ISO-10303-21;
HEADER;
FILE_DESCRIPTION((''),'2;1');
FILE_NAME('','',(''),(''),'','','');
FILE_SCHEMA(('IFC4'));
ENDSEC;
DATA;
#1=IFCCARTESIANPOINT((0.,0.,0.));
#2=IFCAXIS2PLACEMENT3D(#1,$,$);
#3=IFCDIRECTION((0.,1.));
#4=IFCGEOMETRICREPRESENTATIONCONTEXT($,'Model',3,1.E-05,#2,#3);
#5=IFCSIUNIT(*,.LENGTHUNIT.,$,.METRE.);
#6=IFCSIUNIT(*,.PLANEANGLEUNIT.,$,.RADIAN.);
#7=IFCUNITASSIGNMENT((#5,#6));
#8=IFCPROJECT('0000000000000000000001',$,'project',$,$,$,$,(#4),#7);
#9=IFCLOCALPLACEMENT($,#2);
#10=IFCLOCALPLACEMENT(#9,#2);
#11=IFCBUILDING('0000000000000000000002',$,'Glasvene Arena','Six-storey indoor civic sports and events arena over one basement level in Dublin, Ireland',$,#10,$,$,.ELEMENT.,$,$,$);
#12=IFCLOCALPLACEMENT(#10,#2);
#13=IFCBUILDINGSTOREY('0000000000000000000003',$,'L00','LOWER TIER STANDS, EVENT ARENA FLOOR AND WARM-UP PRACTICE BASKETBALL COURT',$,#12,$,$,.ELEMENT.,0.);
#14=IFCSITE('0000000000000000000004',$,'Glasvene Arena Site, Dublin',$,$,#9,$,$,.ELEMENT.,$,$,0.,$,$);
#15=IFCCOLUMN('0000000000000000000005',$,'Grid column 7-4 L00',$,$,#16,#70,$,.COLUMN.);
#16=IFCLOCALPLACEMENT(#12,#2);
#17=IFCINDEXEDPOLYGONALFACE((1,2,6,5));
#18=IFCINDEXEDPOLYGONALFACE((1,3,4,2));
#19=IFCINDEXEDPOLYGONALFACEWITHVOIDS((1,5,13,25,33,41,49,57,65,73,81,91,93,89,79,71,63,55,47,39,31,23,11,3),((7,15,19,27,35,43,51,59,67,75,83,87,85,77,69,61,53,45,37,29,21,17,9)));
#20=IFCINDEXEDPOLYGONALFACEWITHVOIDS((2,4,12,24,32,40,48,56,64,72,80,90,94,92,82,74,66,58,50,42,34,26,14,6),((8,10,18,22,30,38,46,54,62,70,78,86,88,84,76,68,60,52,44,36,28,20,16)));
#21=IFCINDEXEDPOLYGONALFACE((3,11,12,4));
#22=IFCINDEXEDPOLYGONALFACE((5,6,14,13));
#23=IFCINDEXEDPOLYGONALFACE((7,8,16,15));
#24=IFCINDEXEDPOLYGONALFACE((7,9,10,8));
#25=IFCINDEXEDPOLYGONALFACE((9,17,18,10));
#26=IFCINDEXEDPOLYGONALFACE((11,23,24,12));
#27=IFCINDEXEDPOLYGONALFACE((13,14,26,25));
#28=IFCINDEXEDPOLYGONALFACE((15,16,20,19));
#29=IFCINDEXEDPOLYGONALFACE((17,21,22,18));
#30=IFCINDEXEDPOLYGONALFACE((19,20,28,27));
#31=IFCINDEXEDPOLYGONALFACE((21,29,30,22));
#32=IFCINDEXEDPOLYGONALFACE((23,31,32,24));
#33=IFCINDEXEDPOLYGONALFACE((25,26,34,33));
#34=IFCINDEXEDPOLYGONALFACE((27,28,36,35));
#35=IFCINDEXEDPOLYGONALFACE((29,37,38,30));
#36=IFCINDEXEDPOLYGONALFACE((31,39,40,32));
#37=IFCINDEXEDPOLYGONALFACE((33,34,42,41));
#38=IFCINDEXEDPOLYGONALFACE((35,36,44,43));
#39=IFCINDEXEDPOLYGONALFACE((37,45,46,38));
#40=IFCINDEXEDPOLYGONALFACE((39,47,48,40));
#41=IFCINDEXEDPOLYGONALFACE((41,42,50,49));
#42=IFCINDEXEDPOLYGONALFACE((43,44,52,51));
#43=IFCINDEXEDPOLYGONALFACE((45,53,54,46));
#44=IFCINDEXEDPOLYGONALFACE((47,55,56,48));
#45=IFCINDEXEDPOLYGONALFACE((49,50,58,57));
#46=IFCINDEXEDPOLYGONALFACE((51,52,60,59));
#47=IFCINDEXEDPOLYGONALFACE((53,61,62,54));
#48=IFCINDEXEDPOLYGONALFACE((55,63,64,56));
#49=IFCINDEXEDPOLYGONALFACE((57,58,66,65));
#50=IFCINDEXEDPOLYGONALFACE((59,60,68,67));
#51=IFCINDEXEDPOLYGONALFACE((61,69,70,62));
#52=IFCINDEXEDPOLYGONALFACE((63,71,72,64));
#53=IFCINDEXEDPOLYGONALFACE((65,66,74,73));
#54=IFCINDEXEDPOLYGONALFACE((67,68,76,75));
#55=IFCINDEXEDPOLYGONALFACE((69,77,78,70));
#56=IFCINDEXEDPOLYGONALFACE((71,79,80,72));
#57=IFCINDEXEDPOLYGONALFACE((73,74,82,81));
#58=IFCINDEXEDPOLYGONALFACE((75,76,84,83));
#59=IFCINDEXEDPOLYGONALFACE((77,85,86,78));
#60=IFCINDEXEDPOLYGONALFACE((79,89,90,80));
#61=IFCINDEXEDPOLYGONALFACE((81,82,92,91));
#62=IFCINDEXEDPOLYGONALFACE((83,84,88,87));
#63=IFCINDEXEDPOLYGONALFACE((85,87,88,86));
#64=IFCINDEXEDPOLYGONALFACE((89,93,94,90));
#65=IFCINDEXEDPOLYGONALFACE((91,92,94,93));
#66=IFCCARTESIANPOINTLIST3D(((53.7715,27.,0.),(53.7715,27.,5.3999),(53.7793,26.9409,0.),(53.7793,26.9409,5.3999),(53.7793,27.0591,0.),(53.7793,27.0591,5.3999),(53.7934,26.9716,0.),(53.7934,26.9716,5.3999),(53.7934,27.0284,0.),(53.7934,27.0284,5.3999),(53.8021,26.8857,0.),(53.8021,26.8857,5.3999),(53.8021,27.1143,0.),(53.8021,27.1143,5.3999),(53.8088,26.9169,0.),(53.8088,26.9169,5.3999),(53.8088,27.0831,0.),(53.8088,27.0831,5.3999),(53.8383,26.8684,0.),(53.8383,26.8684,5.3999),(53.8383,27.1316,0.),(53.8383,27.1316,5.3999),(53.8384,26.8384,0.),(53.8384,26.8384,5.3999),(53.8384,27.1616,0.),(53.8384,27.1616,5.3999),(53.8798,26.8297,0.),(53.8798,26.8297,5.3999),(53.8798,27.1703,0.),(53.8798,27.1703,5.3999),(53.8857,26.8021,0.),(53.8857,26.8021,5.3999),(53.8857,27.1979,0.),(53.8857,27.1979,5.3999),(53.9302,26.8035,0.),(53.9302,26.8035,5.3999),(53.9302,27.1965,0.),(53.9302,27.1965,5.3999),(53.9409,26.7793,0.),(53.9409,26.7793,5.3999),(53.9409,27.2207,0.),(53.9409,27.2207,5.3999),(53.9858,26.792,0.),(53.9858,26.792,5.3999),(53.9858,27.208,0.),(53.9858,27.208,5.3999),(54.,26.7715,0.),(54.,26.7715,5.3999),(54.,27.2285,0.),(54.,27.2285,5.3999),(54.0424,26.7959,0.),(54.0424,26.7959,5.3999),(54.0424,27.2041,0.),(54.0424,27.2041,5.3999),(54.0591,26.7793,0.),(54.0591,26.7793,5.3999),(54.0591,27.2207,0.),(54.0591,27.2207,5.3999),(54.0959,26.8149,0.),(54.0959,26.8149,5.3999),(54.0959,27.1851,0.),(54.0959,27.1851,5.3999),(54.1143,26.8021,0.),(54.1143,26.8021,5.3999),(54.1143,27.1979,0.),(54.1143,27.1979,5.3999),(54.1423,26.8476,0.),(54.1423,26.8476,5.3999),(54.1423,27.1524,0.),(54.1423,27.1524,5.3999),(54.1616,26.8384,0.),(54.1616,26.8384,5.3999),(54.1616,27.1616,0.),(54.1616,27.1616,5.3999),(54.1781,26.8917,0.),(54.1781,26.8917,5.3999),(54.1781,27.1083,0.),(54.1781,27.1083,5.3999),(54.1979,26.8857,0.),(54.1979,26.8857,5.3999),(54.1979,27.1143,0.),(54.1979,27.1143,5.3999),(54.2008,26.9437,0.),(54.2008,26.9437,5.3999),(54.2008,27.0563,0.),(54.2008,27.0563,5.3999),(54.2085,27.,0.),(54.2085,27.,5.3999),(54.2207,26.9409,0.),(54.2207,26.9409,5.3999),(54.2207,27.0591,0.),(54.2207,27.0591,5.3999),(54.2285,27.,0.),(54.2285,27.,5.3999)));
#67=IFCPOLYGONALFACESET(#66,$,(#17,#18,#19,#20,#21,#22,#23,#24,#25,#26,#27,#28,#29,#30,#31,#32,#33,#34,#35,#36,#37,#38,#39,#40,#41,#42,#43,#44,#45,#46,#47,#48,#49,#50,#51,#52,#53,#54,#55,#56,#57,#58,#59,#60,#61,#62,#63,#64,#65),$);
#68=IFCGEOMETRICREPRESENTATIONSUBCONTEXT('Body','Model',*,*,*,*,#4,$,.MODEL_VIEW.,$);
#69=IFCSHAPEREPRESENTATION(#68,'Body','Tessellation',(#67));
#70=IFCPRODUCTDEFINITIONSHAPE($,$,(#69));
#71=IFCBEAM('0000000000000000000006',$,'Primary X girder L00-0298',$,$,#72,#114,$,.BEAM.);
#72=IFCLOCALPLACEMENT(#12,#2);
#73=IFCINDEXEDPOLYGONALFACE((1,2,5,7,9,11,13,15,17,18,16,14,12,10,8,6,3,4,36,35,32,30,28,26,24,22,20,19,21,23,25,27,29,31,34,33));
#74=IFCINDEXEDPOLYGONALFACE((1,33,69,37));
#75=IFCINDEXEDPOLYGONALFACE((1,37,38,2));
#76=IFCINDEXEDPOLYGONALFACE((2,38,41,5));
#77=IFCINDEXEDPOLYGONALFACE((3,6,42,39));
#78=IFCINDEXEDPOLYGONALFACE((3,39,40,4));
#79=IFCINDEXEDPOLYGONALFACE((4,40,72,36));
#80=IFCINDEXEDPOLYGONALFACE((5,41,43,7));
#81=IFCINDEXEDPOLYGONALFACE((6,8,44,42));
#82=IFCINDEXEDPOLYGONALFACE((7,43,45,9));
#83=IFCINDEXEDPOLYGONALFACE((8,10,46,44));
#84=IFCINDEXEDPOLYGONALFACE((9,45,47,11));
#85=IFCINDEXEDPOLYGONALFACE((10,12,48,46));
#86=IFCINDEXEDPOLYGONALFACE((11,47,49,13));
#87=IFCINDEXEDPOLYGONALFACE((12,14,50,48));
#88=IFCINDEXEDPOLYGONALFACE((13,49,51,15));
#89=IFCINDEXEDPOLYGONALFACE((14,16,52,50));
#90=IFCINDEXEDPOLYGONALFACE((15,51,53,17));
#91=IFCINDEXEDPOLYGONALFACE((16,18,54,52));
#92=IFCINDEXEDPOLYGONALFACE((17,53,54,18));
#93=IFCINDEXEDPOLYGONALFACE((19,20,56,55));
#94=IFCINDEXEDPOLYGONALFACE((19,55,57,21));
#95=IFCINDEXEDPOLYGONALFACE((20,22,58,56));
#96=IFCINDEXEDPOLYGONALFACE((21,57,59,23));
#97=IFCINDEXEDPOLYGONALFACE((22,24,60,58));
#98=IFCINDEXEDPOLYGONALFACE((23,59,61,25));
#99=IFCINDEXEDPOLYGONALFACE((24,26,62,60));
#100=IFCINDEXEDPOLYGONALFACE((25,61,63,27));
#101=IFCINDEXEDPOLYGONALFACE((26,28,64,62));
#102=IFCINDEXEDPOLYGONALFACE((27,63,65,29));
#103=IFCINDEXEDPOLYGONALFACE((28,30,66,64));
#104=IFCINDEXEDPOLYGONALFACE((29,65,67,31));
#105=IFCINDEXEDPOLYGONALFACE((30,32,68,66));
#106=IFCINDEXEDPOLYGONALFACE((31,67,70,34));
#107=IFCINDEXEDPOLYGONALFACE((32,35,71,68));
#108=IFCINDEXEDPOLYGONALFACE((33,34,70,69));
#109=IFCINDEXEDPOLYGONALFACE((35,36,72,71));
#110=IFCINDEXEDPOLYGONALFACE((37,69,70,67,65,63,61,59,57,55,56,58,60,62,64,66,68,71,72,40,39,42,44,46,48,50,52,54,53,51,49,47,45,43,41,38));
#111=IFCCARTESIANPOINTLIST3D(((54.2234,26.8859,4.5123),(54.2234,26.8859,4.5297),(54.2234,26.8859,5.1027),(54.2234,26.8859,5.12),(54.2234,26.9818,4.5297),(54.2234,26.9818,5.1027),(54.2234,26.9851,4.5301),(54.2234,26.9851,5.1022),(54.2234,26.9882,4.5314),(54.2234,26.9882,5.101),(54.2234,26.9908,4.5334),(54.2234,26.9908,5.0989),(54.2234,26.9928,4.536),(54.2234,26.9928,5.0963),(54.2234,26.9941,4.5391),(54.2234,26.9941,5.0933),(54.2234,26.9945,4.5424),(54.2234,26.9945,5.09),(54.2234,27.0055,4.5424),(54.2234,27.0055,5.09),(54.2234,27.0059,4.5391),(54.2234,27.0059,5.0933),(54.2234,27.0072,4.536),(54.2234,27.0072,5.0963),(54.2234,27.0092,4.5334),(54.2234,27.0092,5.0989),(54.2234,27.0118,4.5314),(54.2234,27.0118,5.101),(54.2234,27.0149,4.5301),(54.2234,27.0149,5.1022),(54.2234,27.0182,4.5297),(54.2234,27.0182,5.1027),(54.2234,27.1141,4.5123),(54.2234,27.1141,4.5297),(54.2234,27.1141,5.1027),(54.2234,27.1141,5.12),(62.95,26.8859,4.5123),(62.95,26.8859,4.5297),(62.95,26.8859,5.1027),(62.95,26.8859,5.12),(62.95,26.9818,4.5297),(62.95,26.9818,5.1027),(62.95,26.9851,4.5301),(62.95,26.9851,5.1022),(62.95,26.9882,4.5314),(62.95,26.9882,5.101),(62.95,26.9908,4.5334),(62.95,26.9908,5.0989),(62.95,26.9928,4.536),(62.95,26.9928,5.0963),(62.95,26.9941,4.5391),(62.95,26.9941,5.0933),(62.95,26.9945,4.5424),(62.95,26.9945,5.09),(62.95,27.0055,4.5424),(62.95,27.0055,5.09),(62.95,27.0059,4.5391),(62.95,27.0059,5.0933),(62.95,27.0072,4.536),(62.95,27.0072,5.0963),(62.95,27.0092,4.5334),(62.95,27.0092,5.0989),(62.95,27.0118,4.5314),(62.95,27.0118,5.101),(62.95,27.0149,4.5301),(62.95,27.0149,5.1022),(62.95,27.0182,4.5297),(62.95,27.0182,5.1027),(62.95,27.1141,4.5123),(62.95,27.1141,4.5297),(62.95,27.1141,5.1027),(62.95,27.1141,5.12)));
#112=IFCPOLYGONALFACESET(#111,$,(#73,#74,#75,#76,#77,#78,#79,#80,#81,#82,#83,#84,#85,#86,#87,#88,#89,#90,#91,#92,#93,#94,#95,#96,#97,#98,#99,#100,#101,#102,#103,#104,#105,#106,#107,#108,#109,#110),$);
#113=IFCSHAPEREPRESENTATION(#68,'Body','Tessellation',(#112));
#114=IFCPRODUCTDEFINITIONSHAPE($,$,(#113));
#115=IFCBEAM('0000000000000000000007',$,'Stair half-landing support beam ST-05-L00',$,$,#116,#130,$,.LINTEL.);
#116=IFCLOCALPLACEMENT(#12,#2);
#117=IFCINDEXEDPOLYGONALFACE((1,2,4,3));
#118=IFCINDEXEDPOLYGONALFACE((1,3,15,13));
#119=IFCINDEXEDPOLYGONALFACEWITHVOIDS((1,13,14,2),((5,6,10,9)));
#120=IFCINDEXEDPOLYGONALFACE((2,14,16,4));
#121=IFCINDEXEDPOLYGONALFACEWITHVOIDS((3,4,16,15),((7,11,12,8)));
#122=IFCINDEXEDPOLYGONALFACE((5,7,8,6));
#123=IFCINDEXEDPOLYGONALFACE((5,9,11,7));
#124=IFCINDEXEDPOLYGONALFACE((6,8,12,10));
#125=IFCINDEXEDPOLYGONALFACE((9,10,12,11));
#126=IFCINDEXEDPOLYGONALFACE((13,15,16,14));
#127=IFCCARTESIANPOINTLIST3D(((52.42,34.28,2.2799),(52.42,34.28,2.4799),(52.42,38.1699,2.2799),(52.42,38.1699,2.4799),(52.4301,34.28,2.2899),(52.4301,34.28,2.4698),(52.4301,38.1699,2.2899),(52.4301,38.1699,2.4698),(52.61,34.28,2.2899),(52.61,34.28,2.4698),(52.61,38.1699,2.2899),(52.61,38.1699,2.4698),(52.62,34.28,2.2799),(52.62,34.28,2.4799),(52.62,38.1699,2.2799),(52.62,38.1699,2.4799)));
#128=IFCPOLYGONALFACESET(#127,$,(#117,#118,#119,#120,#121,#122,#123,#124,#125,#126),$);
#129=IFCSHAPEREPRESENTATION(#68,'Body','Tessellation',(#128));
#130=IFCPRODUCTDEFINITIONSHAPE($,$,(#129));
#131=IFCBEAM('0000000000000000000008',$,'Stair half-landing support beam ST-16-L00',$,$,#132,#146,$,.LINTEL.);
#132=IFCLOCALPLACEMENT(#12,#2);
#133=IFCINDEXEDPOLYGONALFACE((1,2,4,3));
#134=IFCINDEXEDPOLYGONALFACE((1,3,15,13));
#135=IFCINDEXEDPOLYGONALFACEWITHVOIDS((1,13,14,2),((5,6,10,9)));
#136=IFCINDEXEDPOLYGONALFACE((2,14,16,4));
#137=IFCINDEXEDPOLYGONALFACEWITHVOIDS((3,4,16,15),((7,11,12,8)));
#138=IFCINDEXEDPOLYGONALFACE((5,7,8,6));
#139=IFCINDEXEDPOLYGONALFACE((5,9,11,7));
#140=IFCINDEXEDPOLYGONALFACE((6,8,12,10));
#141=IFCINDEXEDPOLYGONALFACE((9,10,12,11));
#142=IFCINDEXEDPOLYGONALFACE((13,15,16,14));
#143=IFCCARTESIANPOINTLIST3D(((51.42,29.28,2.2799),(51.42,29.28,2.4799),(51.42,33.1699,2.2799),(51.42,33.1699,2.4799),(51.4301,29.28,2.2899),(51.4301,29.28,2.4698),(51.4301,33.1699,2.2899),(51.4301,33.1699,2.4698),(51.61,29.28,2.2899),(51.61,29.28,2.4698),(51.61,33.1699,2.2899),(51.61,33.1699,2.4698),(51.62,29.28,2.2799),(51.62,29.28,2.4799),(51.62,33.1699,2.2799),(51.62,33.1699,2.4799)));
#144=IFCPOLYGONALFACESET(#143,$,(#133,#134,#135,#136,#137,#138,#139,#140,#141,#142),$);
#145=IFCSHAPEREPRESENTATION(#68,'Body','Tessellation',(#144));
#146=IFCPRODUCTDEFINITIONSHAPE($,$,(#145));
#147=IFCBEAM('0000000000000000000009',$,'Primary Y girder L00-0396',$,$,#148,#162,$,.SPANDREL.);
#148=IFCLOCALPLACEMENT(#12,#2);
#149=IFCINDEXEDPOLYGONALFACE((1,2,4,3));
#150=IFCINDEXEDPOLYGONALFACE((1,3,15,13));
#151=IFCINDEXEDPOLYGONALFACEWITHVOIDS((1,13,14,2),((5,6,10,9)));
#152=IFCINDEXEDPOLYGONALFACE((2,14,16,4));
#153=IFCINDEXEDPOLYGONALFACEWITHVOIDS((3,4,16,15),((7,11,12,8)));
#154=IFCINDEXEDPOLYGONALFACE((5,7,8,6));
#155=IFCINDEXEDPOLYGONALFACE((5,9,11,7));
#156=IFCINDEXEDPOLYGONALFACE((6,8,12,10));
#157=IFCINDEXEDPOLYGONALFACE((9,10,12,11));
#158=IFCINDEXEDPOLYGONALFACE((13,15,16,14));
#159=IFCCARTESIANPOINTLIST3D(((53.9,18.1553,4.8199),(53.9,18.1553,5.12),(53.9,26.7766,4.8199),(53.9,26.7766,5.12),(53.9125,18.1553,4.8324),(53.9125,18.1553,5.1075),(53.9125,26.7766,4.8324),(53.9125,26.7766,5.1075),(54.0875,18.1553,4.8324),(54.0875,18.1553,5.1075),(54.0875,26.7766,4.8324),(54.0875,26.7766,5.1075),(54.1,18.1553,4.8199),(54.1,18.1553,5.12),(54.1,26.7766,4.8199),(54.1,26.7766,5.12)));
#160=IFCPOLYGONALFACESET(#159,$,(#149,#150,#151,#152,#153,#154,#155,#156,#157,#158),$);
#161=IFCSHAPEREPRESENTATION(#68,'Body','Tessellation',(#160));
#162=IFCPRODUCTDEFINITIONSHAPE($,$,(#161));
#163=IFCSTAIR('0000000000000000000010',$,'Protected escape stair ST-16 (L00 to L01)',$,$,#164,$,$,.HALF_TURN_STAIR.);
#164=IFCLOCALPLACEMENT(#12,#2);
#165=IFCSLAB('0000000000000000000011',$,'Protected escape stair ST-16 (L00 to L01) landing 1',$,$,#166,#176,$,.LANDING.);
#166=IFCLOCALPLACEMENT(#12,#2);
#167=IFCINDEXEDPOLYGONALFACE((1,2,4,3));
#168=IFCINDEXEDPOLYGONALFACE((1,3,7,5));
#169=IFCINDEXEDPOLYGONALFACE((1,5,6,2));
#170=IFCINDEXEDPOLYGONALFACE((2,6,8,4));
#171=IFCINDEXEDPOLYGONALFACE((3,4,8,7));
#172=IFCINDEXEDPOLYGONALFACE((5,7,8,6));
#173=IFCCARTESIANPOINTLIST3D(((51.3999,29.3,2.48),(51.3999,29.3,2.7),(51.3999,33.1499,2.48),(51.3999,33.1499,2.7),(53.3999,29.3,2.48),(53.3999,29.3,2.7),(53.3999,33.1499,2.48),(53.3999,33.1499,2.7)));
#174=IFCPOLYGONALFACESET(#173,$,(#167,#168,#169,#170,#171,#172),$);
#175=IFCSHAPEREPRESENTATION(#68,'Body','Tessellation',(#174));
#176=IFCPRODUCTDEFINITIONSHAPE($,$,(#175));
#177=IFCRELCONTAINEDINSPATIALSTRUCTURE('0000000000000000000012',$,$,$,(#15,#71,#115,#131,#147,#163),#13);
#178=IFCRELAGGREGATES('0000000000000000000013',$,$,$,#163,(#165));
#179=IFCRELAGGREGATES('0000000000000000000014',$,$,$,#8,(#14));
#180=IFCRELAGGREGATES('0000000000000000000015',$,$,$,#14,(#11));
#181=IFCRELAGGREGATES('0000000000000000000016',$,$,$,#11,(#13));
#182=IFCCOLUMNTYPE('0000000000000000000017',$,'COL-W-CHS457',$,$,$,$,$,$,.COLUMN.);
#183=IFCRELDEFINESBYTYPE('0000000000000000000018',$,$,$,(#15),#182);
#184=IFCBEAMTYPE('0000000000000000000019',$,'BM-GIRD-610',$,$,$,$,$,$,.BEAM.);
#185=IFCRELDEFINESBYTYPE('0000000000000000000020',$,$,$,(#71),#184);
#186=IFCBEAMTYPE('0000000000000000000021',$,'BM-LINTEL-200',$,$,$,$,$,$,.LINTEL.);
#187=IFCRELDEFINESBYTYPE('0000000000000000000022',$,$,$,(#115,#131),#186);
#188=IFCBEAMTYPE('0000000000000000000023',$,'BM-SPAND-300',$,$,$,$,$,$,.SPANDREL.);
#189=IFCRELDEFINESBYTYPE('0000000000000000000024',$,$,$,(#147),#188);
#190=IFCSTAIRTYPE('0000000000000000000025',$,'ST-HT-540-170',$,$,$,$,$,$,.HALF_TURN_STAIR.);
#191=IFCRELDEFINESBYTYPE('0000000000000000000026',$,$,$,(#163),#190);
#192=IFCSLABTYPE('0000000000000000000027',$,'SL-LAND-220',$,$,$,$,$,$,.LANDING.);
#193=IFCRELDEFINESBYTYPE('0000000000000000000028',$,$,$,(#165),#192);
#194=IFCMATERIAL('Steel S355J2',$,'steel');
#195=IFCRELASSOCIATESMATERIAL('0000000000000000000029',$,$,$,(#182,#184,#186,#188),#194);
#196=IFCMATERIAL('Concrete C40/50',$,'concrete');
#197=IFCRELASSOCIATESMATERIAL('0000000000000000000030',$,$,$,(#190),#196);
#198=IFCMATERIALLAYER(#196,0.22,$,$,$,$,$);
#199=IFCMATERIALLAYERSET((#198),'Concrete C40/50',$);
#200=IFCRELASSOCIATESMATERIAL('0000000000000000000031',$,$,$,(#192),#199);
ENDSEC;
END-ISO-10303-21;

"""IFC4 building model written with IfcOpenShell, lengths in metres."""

from ifc_helpers import new_model, si_unit, direction, frame, origin, origin_2d, place, context, subcontext, project, spatial, polyline, hollow_rectangle, hollow_circle, i_section, outline, extrude, material, layer, layer_set, material_profile, profile_set, type_object, element, aggregate, save


model = new_model("IFC4")

# Units and contexts
model_context = context("Model", 3, precision=1e-05, world=origin(), true_north=direction((0.0, 1.0)))
body_context = subcontext(model_context, "Body", "Model", "MODEL_VIEW")
ifc_project = project(units=[si_unit("LENGTHUNIT", "METRE"), si_unit("PLANEANGLEUNIT", "RADIAN")], contexts=[model_context])

# Site, building, storey
site_placement = place(None, origin())
site = spatial("IfcSite", under=ifc_project, at=site_placement, Name="Glasvene Arena Site, Dublin", CompositionType="ELEMENT", RefElevation=0.0)
building_placement = place(site_placement, origin())
building = spatial("IfcBuilding", under=site, at=building_placement, Name="Glasvene Arena", Description="Six-storey indoor civic sports and events arena over one basement level in Dublin, Ireland", CompositionType="ELEMENT")
storey_placement = place(building_placement, origin())
storey = spatial("IfcBuildingStorey", under=building, at=storey_placement, Name="L00", Description="LOWER TIER STANDS, EVENT ARENA FLOOR AND WARM-UP PRACTICE BASKETBALL COURT", CompositionType="ELEMENT", Elevation=0.0)

# Column
ifc_material_1 = material(Name="Steel S355J2", Category="steel")
ifc_material_profile_1 = material_profile(ifc_material_1, hollow_circle(Radius=0.2285, WallThickness=0.02, at=origin_2d()), Name="CHS 457.0x20.0")
ifc_profile_set_1 = profile_set([ifc_material_profile_1], Name="Steel S355J2")
column_type = type_object("IfcColumnType", Name="COL-W-CHS457", PredefinedType="COLUMN", material=ifc_profile_set_1)
column_placement = place(storey_placement, frame((54.0, 27.0, 0.0), z_axis=(0.0, 0.0, 1.0), x_axis=(1.0, 0.0, 0.0)))
element("IfcColumn", 1, at=column_placement, inside=storey, type_object=column_type, Name="Grid column 7-4 L00", PredefinedType="COLUMN", context=body_context, shape_type="SweptSolid", body=[
    extrude(hollow_circle(Radius=0.2285, WallThickness=0.02, at=origin_2d()), origin(), (0.0, 0.0, 1.0), 5.3999),
])

# Beams
ifc_material_profile_2 = material_profile(ifc_material_1, i_section(OverallWidth=0.2283, OverallDepth=0.6077, WebThickness=0.011, FlangeThickness=0.0173, FilletRadius=0.0127, at=origin_2d()), Name="UKB 610x229x113")
ifc_profile_set_2 = profile_set([ifc_material_profile_2], Name="Steel S355J2")
beam_type_1 = type_object("IfcBeamType", Name="BM-GIRD-610", PredefinedType="BEAM", material=ifc_profile_set_2)
beam_1_placement = place(storey_placement, frame((54.2234, 27.0, 4.8162), z_axis=(1.0, 0.0, 0.0), x_axis=(0.0, 1.0, 0.0)))
element("IfcBeam", 2, at=beam_1_placement, inside=storey, type_object=beam_type_1, Name="Primary X girder L00-0298", PredefinedType="BEAM", context=body_context, shape_type="SweptSolid", body=[
    extrude(i_section(OverallWidth=0.2283, OverallDepth=0.6077, WebThickness=0.011, FlangeThickness=0.0173, FilletRadius=0.0127, at=origin_2d()), origin(), (0.0, 0.0, 1.0), 8.7266),
])
ifc_material_profile_3 = material_profile(ifc_material_1, hollow_rectangle(XDim=0.2, YDim=0.2, WallThickness=0.01, at=origin_2d()), Name="SHS 200x200x10.0")
ifc_profile_set_3 = profile_set([ifc_material_profile_3], Name="Steel S355J2")
beam_type_2 = type_object("IfcBeamType", Name="BM-LINTEL-200", PredefinedType="LINTEL", material=ifc_profile_set_3)
for number, where, z_axis, x_axis, name in (
    (3, (52.52, 34.28, 2.3799), (0.0, 1.0, 0.0), (-1.0, 0.0, 0.0), "Stair half-landing support beam ST-05-L00"),
    (4, (51.52, 29.28, 2.3799), (0.0, 1.0, 0.0), (-1.0, 0.0, 0.0), "Stair half-landing support beam ST-16-L00"),
):
    element("IfcBeam", number, at=place(storey_placement, frame(where, z_axis=z_axis, x_axis=x_axis)), inside=storey, type_object=beam_type_2, Name=name, PredefinedType="LINTEL", context=body_context, shape_type="SweptSolid", body=[
        extrude(hollow_rectangle(XDim=0.2, YDim=0.2, WallThickness=0.01, at=origin_2d()), origin(), (0.0, 0.0, 1.0), 3.8899),
    ])
ifc_material_profile_4 = material_profile(ifc_material_1, hollow_rectangle(XDim=0.2, YDim=0.3, WallThickness=0.0125, at=origin_2d()), Name="RHS 300x200x12.5")
ifc_profile_set_4 = profile_set([ifc_material_profile_4], Name="Steel S355J2")
beam_type_3 = type_object("IfcBeamType", Name="BM-SPAND-300", PredefinedType="SPANDREL", material=ifc_profile_set_4)
beam_2_placement = place(storey_placement, frame((54.0, 18.1553, 4.97), z_axis=(0.0, 1.0, 0.0), x_axis=(-1.0, 0.0, 0.0)))
element("IfcBeam", 5, at=beam_2_placement, inside=storey, type_object=beam_type_3, Name="Primary Y girder L00-0396", PredefinedType="SPANDREL", context=body_context, shape_type="SweptSolid", body=[
    extrude(hollow_rectangle(XDim=0.2, YDim=0.3, WallThickness=0.0125, at=origin_2d()), origin(), (0.0, 0.0, 1.0), 8.6213),
])

# Stair, slab
ifc_material_2 = material(Name="Concrete C40/50", Category="concrete")
stair_type = type_object("IfcStairType", Name="ST-HT-540-170", PredefinedType="HALF_TURN_STAIR", material=ifc_material_2)
stair_placement = place(storey_placement, origin())
stair = element("IfcStair", 6, at=stair_placement, inside=storey, type_object=stair_type, Name="Protected escape stair ST-16 (L00 to L01)", PredefinedType="HALF_TURN_STAIR")
ifc_layer_1 = layer(ifc_material_2, 0.22)
ifc_layer_set_1 = layer_set([ifc_layer_1], Name="Concrete C40/50")
slab_type = type_object("IfcSlabType", Name="SL-LAND-220", PredefinedType="LANDING", material=ifc_layer_set_1)
slab_placement = place(storey_placement, frame((52.3999, 31.2251, 2.48)))
slab = element("IfcSlab", 7, at=slab_placement, type_object=slab_type, Name="Protected escape stair ST-16 (L00 to L01) landing 1", PredefinedType="LANDING", context=body_context, shape_type="SweptSolid", body=[
    extrude(outline(polyline([(-1.0, -1.925), (1.0, -1.925), (1.0, 1.9248), (-1.0, 1.9248), (-1.0, -1.925)])), origin(), (0.0, 0.0, 1.0), 0.22),
])

aggregate(stair, [slab])

save(model, "model.ifc")
